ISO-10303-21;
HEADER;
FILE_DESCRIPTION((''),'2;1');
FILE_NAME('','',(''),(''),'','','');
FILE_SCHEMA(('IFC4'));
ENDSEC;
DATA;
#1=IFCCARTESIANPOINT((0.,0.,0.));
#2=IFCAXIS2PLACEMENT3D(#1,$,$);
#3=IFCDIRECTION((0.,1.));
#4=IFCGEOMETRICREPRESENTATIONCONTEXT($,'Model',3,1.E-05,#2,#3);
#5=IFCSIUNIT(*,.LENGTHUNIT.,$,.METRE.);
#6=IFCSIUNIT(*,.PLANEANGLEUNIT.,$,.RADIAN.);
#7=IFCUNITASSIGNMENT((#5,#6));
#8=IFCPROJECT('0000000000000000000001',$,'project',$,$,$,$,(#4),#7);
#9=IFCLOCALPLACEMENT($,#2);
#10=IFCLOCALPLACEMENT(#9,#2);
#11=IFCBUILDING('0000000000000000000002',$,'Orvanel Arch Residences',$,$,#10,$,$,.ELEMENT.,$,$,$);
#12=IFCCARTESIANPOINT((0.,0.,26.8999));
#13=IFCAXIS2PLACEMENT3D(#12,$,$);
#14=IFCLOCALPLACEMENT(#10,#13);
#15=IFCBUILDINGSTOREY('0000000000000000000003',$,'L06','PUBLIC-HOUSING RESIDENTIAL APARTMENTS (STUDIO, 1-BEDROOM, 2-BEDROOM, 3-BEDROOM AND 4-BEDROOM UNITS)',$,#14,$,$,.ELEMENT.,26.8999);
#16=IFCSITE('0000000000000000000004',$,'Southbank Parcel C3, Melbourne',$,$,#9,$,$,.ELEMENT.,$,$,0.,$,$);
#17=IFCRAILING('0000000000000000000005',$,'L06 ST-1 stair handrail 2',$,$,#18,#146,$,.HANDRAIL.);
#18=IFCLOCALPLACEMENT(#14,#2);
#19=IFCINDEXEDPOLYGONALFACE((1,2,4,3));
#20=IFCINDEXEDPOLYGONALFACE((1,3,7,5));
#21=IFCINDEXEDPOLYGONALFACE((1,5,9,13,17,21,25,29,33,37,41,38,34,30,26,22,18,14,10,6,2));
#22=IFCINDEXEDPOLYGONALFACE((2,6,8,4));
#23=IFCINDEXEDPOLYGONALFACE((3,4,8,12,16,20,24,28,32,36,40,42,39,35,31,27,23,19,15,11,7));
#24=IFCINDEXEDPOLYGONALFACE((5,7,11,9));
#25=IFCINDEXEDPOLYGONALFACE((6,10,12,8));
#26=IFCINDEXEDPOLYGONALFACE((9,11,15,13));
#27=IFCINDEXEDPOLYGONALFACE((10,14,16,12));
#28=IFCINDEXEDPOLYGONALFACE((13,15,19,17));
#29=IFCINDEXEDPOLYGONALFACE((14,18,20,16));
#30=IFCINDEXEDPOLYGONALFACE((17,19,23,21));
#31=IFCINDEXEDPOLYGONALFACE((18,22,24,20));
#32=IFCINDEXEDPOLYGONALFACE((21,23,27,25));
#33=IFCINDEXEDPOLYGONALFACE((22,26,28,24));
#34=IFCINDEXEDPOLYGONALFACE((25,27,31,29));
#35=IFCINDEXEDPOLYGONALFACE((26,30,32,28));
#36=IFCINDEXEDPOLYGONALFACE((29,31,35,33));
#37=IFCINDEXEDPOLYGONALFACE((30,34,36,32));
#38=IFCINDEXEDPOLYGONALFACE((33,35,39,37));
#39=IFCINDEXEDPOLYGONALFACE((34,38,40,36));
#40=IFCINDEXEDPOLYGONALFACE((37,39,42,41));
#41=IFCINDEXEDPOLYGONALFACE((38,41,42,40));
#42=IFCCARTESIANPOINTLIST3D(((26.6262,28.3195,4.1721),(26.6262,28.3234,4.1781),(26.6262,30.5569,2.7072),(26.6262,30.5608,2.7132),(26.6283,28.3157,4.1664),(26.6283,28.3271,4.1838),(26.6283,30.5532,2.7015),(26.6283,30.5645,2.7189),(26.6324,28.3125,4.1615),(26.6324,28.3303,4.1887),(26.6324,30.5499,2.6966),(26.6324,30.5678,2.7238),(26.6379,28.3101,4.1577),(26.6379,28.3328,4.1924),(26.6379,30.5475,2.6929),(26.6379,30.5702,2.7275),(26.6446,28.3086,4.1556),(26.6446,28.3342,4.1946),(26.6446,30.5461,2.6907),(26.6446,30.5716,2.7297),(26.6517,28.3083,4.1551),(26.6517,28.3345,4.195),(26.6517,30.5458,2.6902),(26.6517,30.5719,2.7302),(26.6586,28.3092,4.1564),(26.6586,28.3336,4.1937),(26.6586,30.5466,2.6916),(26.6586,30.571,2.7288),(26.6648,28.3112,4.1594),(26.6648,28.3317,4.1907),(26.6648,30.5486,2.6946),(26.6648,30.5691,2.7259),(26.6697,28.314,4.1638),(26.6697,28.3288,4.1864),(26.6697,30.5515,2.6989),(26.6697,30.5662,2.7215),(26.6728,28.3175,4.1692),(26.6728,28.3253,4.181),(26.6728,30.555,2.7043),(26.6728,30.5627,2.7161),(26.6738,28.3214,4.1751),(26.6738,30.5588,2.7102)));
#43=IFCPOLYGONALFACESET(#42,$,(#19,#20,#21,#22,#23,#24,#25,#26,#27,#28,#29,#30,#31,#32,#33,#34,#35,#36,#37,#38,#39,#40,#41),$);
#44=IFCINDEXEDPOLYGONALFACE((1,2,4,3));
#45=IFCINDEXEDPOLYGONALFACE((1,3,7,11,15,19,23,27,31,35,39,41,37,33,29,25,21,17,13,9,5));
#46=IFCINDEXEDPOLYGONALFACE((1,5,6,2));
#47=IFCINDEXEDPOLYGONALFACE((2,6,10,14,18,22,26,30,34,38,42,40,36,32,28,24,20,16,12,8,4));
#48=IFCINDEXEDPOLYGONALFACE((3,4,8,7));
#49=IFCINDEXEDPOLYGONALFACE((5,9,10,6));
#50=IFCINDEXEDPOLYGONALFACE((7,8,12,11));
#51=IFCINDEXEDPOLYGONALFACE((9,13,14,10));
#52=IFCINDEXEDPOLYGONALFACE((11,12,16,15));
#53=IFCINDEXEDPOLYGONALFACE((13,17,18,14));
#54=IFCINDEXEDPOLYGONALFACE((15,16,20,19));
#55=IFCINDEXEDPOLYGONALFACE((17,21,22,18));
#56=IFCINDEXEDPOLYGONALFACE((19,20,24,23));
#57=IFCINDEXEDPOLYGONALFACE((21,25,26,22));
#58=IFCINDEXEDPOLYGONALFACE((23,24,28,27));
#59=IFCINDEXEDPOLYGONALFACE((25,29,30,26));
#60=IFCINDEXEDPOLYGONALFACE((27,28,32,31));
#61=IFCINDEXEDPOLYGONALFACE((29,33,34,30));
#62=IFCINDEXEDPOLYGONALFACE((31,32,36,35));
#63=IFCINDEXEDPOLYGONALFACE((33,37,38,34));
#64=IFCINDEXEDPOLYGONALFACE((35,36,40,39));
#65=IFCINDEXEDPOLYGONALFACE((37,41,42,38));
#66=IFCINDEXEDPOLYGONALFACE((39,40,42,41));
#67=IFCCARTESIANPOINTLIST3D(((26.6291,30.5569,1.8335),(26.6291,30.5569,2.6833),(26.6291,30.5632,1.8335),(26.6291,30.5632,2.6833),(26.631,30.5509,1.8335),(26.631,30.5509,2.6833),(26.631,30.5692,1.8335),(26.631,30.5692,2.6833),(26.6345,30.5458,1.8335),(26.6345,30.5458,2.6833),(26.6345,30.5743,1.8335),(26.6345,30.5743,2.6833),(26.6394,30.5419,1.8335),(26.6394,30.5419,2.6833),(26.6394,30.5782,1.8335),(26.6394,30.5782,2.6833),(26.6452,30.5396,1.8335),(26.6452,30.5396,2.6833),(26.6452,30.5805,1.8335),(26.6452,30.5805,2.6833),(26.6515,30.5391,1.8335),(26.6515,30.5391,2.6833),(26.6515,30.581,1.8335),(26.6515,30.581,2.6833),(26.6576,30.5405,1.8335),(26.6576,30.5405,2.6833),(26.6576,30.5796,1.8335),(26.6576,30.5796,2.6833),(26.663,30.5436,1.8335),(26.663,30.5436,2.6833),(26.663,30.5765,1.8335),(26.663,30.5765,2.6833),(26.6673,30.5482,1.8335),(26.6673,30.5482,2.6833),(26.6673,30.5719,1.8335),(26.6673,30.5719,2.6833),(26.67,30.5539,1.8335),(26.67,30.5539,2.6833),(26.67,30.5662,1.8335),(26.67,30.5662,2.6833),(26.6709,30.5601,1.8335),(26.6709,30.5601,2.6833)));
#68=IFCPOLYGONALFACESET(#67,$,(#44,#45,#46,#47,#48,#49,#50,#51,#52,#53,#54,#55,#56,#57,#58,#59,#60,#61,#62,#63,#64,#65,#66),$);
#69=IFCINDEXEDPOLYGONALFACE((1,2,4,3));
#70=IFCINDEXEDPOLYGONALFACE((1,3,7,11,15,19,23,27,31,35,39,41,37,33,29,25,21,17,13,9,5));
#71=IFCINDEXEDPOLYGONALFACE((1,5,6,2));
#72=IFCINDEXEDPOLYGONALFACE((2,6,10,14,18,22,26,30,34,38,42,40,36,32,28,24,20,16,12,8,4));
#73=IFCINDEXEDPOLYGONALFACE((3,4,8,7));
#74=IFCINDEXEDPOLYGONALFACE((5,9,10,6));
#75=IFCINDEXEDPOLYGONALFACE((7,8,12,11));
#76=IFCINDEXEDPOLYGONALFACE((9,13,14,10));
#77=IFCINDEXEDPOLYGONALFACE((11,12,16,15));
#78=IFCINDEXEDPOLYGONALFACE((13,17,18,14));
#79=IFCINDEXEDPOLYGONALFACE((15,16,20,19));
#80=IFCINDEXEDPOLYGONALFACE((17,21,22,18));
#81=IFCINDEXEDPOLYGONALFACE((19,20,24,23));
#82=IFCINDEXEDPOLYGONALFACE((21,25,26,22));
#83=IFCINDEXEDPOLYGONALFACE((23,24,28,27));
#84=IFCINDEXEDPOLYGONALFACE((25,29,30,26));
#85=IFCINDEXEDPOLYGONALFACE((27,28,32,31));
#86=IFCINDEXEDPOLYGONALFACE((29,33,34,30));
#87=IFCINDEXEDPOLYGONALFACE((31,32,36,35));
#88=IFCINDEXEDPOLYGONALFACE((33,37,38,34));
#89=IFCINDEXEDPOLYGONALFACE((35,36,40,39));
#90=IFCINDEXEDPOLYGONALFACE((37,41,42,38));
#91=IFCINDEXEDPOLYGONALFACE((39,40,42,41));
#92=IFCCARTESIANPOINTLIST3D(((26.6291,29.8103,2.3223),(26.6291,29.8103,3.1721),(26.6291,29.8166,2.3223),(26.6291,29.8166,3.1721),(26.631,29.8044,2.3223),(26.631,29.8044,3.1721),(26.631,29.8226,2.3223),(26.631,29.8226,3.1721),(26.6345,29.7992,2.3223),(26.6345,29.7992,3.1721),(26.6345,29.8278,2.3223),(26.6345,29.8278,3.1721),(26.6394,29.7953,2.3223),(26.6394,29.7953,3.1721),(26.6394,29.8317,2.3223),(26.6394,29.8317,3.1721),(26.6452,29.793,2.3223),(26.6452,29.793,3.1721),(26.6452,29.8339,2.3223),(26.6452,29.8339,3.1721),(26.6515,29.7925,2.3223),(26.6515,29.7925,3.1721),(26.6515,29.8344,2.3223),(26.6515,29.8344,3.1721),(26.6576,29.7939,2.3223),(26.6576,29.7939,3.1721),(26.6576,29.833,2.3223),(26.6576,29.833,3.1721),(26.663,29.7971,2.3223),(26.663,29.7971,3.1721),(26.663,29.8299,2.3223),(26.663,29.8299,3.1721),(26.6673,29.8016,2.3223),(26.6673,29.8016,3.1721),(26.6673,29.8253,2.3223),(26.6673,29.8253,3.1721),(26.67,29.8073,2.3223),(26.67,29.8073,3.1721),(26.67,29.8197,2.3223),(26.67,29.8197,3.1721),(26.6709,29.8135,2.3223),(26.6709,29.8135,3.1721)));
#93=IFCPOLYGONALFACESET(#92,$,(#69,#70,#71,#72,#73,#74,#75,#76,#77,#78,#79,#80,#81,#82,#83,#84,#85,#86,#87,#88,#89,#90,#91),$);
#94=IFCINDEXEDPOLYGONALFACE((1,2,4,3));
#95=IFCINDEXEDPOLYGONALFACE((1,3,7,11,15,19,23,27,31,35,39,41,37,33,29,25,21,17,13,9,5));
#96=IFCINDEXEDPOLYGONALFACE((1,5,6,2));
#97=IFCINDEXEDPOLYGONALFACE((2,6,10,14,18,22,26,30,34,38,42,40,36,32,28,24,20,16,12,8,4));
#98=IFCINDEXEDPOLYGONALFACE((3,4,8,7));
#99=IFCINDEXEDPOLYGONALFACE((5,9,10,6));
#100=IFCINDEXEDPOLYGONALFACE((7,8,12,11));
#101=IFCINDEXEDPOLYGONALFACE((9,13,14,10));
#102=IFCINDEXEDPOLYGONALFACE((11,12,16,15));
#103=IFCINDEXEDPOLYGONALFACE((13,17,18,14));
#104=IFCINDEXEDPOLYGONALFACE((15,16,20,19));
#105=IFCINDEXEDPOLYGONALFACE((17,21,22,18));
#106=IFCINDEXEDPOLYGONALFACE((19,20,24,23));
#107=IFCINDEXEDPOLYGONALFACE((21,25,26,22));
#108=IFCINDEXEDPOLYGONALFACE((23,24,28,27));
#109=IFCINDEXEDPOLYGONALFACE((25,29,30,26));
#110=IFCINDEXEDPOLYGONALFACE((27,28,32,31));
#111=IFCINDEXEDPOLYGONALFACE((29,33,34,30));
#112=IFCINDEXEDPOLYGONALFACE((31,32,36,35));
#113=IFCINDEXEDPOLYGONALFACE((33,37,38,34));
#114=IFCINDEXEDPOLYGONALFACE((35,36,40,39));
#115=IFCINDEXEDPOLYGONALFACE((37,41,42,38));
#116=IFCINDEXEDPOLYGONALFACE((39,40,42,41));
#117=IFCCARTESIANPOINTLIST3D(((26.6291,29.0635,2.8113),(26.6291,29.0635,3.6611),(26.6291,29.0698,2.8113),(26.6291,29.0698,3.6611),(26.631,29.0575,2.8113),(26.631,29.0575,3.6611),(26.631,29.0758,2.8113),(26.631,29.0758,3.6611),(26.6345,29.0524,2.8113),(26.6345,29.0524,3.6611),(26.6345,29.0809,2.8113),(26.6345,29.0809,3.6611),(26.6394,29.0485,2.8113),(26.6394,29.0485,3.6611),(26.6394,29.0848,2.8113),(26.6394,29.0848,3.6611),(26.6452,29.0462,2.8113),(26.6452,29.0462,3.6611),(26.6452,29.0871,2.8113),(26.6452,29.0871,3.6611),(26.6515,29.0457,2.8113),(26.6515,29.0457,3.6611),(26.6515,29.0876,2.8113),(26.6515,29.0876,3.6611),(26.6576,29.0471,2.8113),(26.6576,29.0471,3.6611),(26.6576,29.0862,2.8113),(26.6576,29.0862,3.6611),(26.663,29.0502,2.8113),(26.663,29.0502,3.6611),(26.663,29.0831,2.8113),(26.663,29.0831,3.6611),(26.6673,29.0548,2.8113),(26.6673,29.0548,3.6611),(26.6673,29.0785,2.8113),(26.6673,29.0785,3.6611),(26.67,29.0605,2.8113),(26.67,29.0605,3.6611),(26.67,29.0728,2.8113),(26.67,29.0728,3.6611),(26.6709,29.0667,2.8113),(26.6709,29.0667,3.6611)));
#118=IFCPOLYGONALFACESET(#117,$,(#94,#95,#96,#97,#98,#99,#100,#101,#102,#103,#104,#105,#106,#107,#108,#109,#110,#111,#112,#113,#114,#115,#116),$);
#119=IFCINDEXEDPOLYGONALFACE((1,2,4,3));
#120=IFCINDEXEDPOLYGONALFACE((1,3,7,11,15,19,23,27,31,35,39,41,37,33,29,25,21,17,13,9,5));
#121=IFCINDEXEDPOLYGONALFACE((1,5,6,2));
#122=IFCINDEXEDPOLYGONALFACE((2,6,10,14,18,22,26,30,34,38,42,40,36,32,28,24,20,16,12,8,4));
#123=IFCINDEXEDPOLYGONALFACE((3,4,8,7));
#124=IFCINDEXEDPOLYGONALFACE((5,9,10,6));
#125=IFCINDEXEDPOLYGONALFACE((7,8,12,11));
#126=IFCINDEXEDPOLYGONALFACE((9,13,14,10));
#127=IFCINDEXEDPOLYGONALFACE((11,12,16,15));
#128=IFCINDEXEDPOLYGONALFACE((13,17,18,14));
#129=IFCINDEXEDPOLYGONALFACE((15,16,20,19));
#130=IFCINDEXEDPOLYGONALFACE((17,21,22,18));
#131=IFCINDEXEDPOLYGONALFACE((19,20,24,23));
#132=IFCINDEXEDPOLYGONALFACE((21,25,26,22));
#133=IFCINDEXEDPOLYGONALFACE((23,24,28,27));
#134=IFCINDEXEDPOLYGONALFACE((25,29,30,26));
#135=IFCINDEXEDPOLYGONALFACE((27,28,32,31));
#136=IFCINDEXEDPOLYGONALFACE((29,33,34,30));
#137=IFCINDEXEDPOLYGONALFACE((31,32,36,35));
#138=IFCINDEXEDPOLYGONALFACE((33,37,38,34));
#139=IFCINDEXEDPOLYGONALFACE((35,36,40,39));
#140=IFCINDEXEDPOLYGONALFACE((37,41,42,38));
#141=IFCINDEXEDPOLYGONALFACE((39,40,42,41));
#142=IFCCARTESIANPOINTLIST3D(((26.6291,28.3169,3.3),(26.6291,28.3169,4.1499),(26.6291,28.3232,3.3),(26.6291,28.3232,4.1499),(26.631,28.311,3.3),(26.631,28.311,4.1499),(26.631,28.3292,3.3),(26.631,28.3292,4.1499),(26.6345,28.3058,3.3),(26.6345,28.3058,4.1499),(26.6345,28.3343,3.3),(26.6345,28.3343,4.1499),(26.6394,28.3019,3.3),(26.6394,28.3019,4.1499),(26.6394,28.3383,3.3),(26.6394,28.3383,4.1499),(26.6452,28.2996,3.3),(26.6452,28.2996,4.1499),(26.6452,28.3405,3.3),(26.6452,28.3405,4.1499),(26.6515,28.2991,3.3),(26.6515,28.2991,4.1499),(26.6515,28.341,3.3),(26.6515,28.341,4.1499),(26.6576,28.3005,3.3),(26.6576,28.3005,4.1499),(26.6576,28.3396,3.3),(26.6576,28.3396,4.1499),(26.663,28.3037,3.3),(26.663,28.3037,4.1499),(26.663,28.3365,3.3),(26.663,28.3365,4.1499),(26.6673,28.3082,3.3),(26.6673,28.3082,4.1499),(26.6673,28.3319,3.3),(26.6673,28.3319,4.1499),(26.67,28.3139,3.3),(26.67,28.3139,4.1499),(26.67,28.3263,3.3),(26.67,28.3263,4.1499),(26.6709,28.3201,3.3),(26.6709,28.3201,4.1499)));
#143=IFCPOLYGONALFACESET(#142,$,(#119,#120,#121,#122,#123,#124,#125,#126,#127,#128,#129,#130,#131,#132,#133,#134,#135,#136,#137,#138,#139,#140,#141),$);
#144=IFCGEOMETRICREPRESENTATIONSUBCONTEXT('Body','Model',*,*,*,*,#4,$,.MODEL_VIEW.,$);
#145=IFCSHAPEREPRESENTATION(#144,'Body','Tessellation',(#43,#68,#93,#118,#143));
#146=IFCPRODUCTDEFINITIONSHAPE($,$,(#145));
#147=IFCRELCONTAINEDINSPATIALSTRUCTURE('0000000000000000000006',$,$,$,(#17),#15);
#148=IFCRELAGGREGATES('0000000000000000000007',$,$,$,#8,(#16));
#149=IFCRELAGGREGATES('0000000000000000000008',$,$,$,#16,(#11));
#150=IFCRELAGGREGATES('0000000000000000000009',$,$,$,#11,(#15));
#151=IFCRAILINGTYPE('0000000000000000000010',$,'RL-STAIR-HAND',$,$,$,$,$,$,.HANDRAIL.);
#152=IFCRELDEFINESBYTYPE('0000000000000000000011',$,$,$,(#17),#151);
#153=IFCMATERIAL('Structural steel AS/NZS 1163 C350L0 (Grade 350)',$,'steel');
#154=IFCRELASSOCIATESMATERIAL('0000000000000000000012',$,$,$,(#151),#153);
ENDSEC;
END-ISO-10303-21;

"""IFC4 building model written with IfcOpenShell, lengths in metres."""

from ifc_helpers import new_model, si_unit, direction, frame, origin, origin_2d, place, context, subcontext, project, spatial, circle, extrude, material, type_object, element, save


model = new_model("IFC4")

# Units and contexts
model_context = context("Model", 3, precision=1e-05, world=origin(), true_north=direction((0.0, 1.0)))
body_context = subcontext(model_context, "Body", "Model", "MODEL_VIEW")
ifc_project = project(units=[si_unit("LENGTHUNIT", "METRE"), si_unit("PLANEANGLEUNIT", "RADIAN")], contexts=[model_context])

# Site, building, storey
site_placement = place(None, origin())
site = spatial("IfcSite", under=ifc_project, at=site_placement, Name="Southbank Parcel C3, Melbourne", CompositionType="ELEMENT", RefElevation=0.0)
building_placement = place(site_placement, origin())
building = spatial("IfcBuilding", under=site, at=building_placement, Name="Orvanel Arch Residences", CompositionType="ELEMENT")
storey_placement = place(building_placement, frame((0.0, 0.0, 26.8999)))
storey = spatial("IfcBuildingStorey", under=building, at=storey_placement, Name="L06", Description="PUBLIC-HOUSING RESIDENTIAL APARTMENTS (STUDIO, 1-BEDROOM, 2-BEDROOM, 3-BEDROOM AND 4-BEDROOM UNITS)", CompositionType="ELEMENT", Elevation=26.8999)

# Railing
ifc_material_1 = material(Name="Structural steel AS/NZS 1163 C350L0 (Grade 350)", Category="steel")
railing_type_1 = type_object("IfcRailingType", Name="RL-STAIR-HAND", PredefinedType="HANDRAIL", material=ifc_material_1)
railing_1_placement = place(storey_placement, frame((26.6499, 30.5601, 1.8335)))
element("IfcRailing", 1, at=railing_1_placement, inside=storey, type_object=railing_type_1, Name="L06 ST-1 stair handrail 2", PredefinedType="HANDRAIL", context=body_context, shape_type="SweptSolid", body=[
    extrude(circle(Radius=0.0239, at=origin_2d()), frame((0.0, -0.0012, 0.8767), z_axis=(0.0, -0.836637, 0.547758), x_axis=(1.0, 0.0, 0.0)), (0.0, 0.0, 1.0), 2.6743),
    extrude(circle(Radius=0.021, at=origin_2d()), origin(), (0.0, 0.0, 1.0), 0.8499),
    extrude(circle(Radius=0.021, at=origin_2d()), frame((0.0, -0.7466, 0.4888)), (0.0, 0.0, 1.0), 0.8499),
    extrude(circle(Radius=0.021, at=origin_2d()), frame((0.0, -1.4934, 0.9778)), (0.0, 0.0, 1.0), 0.8499),
    extrude(circle(Radius=0.021, at=origin_2d()), frame((0.0, -2.24, 1.4666)), (0.0, 0.0, 1.0), 0.8499),
])

save(model, "model.ifc")
